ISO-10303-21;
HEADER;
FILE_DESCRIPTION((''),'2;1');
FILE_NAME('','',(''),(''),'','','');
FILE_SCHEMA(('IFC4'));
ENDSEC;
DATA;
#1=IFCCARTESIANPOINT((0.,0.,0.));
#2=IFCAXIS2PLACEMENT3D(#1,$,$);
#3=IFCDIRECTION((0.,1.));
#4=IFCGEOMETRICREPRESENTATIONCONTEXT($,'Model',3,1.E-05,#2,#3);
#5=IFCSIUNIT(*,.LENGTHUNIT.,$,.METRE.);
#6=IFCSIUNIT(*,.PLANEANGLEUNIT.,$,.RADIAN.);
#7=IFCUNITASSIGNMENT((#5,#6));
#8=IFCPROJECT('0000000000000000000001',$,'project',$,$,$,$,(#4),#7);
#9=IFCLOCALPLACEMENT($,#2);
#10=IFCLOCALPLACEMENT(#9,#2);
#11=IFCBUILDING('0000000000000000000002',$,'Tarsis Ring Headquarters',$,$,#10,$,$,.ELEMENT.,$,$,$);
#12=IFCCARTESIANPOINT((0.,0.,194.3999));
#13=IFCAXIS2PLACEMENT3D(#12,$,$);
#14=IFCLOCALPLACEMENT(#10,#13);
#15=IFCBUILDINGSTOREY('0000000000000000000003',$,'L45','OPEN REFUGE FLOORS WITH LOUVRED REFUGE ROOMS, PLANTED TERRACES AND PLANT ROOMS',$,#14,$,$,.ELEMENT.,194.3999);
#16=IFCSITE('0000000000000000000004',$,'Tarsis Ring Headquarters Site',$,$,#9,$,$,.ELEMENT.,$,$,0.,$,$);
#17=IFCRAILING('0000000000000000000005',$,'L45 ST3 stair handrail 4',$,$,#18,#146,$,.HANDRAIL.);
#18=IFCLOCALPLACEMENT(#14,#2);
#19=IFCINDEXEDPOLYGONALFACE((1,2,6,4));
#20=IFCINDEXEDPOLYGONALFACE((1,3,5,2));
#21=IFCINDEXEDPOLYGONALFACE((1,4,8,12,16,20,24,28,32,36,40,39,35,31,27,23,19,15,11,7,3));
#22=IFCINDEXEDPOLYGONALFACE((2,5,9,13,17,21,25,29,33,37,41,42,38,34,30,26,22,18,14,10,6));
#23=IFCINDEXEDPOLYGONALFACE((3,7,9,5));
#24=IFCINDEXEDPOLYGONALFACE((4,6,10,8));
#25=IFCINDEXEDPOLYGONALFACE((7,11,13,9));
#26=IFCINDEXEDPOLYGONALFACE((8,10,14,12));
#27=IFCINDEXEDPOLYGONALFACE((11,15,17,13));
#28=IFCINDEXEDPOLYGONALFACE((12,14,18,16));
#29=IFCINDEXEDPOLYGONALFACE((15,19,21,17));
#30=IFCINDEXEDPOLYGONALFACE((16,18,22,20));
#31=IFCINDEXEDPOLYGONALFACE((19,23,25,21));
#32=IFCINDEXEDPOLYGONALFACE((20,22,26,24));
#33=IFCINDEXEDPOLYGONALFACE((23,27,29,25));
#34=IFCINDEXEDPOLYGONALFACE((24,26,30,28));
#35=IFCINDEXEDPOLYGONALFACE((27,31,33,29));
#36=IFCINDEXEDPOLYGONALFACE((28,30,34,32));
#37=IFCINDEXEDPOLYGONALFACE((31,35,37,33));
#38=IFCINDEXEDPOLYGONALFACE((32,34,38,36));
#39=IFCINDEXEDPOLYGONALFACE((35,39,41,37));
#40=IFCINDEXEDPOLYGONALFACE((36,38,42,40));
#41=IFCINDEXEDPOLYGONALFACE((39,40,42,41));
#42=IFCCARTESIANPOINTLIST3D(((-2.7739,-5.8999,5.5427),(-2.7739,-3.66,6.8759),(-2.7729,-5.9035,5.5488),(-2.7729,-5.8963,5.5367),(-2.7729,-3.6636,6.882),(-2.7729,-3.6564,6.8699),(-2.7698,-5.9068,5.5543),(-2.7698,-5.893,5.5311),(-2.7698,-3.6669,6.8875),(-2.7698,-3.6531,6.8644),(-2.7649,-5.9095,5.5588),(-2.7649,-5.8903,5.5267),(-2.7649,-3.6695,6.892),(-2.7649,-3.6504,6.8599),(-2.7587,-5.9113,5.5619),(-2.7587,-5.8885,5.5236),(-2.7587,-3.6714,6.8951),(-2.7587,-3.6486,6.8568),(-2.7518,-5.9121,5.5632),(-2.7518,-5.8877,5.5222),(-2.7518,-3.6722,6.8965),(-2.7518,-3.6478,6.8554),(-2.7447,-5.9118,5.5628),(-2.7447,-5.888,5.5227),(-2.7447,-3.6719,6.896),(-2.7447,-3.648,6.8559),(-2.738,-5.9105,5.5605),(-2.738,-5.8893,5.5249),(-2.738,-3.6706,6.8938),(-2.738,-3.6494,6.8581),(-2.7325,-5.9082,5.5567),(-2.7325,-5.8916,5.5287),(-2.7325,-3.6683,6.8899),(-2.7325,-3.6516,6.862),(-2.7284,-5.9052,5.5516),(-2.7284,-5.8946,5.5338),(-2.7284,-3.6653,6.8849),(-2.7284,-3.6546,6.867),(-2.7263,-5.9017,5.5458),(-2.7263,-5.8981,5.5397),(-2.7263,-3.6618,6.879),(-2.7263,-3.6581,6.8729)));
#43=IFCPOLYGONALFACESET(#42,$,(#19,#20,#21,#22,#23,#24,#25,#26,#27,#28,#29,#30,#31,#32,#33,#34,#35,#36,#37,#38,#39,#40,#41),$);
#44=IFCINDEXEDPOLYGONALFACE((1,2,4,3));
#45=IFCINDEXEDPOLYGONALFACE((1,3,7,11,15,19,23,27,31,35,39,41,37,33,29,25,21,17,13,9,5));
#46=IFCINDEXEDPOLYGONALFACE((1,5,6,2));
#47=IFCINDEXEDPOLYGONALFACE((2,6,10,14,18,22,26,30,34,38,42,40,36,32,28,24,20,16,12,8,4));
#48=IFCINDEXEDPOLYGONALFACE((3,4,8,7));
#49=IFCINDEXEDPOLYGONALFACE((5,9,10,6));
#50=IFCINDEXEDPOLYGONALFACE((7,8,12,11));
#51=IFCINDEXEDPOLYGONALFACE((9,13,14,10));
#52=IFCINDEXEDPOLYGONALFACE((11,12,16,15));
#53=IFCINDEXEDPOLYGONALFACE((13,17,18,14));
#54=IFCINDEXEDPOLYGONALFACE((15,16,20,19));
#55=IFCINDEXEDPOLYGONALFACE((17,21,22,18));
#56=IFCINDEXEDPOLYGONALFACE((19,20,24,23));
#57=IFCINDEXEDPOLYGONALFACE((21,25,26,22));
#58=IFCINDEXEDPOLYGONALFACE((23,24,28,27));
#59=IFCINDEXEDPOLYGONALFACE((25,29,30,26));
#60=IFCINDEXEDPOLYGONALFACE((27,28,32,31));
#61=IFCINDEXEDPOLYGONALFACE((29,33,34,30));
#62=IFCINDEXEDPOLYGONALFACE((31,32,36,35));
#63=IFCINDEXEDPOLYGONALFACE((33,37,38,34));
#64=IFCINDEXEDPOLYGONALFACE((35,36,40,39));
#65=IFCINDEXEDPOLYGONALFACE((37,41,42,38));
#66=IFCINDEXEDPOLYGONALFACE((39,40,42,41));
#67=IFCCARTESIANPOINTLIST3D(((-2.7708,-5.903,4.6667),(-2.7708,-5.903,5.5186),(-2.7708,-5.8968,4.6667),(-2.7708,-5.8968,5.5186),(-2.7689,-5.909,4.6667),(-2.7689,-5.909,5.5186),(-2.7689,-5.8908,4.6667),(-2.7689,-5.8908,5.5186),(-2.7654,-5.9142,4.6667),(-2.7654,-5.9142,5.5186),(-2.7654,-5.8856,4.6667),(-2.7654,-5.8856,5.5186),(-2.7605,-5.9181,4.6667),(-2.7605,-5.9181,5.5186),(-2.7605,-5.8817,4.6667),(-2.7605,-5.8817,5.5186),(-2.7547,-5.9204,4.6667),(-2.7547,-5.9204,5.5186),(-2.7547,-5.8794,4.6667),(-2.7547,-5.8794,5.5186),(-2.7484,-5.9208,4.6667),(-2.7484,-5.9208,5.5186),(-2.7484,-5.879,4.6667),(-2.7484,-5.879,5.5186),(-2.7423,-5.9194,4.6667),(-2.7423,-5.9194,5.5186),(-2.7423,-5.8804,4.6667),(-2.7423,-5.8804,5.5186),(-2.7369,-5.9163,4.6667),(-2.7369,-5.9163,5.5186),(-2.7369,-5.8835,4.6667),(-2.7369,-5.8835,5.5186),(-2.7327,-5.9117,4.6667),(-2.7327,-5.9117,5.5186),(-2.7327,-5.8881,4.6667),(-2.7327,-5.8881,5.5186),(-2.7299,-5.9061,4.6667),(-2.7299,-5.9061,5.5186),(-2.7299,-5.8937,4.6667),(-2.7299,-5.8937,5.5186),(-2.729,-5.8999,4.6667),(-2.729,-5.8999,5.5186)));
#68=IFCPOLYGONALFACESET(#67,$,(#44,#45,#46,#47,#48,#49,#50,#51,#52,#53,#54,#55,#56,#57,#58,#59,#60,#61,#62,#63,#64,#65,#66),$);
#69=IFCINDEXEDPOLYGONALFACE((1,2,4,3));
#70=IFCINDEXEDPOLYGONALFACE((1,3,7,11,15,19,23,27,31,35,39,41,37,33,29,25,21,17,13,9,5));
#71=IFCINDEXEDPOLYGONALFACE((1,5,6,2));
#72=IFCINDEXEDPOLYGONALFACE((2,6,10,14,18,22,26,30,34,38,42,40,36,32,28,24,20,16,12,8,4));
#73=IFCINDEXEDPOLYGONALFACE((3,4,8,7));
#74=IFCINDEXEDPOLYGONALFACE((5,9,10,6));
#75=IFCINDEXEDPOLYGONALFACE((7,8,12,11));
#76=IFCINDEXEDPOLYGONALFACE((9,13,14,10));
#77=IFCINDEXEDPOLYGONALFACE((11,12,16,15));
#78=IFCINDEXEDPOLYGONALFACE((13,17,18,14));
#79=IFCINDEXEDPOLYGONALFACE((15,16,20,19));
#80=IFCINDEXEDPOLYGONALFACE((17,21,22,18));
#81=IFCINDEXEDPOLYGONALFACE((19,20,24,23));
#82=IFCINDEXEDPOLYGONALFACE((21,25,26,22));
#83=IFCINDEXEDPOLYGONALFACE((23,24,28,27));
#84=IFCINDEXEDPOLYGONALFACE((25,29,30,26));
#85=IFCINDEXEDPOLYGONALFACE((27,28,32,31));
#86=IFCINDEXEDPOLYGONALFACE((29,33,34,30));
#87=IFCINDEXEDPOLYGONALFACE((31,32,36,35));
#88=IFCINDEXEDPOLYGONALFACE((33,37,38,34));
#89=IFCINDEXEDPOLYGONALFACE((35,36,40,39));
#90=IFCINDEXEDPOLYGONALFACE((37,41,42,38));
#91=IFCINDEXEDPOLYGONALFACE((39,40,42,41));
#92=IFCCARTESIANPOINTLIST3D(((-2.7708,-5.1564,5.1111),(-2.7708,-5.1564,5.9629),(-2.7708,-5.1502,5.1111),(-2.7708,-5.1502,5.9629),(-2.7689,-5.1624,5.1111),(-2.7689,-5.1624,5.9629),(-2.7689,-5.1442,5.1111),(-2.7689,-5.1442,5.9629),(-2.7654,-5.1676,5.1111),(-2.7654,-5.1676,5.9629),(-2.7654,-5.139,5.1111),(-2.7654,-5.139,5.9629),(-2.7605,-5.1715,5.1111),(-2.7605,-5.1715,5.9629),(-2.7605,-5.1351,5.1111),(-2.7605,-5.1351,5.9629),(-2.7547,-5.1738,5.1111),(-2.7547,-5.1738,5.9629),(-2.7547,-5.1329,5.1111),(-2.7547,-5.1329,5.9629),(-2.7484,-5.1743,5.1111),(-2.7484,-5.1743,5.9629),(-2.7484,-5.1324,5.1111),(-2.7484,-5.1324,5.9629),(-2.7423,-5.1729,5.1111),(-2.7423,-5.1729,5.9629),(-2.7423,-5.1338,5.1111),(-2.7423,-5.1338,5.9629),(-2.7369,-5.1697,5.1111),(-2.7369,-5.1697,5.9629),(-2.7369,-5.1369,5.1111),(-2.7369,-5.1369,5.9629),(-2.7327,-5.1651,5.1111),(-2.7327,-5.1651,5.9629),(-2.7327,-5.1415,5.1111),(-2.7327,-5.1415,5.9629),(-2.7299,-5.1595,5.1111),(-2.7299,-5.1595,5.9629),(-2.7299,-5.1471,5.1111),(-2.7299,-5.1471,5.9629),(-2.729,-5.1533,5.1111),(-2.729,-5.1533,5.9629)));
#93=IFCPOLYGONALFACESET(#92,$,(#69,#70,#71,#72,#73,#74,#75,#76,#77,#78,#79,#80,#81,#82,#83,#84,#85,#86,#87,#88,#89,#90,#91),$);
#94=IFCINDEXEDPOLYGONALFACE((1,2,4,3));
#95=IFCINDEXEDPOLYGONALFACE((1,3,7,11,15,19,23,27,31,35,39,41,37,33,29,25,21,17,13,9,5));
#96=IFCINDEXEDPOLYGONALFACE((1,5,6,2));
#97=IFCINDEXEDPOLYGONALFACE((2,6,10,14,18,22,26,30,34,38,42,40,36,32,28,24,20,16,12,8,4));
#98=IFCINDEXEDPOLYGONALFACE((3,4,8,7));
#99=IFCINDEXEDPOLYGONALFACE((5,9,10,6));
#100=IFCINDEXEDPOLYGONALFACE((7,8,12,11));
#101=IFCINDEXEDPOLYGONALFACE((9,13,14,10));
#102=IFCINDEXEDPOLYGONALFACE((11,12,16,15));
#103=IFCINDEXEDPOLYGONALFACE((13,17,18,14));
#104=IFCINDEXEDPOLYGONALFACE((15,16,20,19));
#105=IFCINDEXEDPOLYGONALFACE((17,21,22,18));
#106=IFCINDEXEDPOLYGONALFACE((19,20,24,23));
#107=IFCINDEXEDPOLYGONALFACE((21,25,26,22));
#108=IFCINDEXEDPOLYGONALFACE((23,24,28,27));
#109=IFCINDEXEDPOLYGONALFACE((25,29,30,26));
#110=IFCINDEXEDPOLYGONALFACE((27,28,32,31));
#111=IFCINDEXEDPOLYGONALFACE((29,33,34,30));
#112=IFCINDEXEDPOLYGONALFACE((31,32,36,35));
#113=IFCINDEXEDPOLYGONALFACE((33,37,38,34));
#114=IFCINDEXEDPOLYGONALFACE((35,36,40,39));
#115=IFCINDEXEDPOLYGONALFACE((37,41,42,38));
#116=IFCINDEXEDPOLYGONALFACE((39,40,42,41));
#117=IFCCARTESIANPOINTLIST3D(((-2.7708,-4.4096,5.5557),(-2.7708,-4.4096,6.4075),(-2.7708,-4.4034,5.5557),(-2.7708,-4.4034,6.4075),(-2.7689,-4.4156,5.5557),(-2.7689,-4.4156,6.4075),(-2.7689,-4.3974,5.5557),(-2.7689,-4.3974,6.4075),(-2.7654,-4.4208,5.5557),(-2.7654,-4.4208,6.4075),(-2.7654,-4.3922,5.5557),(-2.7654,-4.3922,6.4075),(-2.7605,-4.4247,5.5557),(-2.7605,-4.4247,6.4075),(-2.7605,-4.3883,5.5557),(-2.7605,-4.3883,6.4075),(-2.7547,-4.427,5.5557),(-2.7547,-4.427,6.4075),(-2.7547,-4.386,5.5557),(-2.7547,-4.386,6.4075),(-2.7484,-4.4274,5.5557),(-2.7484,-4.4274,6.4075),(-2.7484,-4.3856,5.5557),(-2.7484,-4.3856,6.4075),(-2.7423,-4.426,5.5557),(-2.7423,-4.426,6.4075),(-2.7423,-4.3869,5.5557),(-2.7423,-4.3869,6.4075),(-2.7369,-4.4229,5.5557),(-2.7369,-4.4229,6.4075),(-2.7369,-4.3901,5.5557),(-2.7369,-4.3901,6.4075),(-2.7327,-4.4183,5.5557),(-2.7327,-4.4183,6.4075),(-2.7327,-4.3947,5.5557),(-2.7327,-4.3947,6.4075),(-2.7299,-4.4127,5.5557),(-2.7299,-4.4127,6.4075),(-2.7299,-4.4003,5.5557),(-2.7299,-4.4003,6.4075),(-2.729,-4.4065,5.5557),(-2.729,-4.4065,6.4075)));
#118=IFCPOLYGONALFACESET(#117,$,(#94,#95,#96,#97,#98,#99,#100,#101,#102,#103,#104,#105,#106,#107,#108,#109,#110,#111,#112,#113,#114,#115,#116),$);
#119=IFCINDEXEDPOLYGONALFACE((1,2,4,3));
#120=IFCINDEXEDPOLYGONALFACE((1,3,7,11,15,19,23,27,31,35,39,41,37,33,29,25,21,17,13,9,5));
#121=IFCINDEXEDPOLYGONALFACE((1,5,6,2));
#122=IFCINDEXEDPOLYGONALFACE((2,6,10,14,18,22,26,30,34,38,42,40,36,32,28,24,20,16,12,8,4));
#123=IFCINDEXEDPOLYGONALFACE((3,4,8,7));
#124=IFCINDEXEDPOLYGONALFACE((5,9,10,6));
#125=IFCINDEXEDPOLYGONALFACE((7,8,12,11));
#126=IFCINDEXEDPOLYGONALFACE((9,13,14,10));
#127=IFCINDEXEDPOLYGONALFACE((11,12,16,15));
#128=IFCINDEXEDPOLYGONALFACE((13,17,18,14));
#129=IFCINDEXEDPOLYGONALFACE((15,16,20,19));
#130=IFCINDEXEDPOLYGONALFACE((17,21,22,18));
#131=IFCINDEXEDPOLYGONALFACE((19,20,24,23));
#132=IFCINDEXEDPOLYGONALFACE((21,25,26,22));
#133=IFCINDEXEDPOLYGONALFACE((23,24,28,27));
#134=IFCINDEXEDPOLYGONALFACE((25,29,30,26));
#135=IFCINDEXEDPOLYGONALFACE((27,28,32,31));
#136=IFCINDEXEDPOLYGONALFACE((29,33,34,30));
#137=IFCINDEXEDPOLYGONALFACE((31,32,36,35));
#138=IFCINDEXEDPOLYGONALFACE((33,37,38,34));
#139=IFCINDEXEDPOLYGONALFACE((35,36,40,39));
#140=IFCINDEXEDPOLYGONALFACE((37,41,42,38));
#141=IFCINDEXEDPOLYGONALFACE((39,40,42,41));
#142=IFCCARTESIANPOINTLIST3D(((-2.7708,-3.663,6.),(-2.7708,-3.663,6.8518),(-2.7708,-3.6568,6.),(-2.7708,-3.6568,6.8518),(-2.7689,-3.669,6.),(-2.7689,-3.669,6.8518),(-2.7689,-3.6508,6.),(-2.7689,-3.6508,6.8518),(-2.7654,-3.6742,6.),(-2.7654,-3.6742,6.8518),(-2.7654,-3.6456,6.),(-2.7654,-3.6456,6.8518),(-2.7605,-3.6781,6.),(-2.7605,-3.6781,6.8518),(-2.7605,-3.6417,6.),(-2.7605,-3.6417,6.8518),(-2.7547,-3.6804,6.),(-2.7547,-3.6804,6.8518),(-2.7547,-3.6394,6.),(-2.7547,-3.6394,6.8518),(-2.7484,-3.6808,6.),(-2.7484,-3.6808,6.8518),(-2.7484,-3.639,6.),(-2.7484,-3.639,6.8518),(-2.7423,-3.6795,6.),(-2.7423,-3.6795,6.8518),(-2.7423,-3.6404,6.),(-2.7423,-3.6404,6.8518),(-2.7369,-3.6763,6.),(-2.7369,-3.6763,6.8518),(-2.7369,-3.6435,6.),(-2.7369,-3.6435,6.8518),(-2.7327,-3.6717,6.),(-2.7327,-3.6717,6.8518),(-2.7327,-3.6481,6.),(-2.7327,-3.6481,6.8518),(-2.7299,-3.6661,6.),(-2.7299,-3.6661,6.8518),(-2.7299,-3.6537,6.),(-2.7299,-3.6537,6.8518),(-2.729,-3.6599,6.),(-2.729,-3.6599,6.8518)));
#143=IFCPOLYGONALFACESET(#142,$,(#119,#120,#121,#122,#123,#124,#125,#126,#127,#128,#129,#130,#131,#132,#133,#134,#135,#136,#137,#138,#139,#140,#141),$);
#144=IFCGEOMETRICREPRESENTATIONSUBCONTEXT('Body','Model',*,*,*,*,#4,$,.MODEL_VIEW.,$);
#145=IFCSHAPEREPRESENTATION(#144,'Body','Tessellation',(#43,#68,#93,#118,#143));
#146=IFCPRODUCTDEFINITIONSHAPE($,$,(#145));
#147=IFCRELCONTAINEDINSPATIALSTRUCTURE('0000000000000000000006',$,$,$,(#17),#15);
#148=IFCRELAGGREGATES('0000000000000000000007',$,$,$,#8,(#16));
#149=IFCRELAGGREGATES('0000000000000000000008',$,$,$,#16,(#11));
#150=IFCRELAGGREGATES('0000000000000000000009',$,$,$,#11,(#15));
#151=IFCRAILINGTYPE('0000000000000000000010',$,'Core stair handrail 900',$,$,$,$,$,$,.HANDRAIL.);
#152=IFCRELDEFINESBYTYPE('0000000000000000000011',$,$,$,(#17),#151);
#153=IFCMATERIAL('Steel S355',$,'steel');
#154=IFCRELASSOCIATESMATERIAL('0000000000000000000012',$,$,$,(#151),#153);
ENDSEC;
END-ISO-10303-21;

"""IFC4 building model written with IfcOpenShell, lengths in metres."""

from ifc_helpers import new_model, si_unit, direction, frame, origin, origin_2d, place, context, subcontext, project, spatial, circle, extrude, material, type_object, element, save


model = new_model("IFC4")

# Units and contexts
model_context = context("Model", 3, precision=1e-05, world=origin(), true_north=direction((0.0, 1.0)))
body_context = subcontext(model_context, "Body", "Model", "MODEL_VIEW")
ifc_project = project(units=[si_unit("LENGTHUNIT", "METRE"), si_unit("PLANEANGLEUNIT", "RADIAN")], contexts=[model_context])

# Site, building, storey
site_placement = place(None, origin())
site = spatial("IfcSite", under=ifc_project, at=site_placement, Name="Tarsis Ring Headquarters Site", CompositionType="ELEMENT", RefElevation=0.0)
building_placement = place(site_placement, origin())
building = spatial("IfcBuilding", under=site, at=building_placement, Name="Tarsis Ring Headquarters", CompositionType="ELEMENT")
storey_placement = place(building_placement, frame((0.0, 0.0, 194.3999)))
storey = spatial("IfcBuildingStorey", under=building, at=storey_placement, Name="L45", Description="OPEN REFUGE FLOORS WITH LOUVRED REFUGE ROOMS, PLANTED TERRACES AND PLANT ROOMS", CompositionType="ELEMENT", Elevation=194.3999)

# Railing
ifc_material_1 = material(Name="Steel S355", Category="steel")
railing_type_1 = type_object("IfcRailingType", Name="Core stair handrail 900", PredefinedType="HANDRAIL", material=ifc_material_1)
for number, where, name in (
    (1, (-2.75, -5.8999, 4.6667), "L45 ST3 stair handrail 4"),
):
    element("IfcRailing", number, at=place(storey_placement, frame(where)), inside=storey, type_object=railing_type_1, Name=name, PredefinedType="HANDRAIL", context=body_context, shape_type="SweptSolid", body=[
        extrude(circle(Radius=0.0239, at=origin_2d()), frame((0.0, 0.0, 0.876), z_axis=(0.0, 0.859306, 0.511462), x_axis=(-1.0, 0.0, 0.0)), (0.0, 0.0, 1.0), 2.6067),
        extrude(circle(Radius=0.021, at=origin_2d()), origin(), (0.0, 0.0, 1.0), 0.8518),
        extrude(circle(Radius=0.021, at=origin_2d()), frame((0.0, 0.7466, 0.4443)), (0.0, 0.0, 1.0), 0.8518),
        extrude(circle(Radius=0.021, at=origin_2d()), frame((0.0, 1.4934, 0.8889)), (0.0, 0.0, 1.0), 0.8518),
        extrude(circle(Radius=0.021, at=origin_2d()), frame((0.0, 2.24, 1.3333)), (0.0, 0.0, 1.0), 0.8518),
    ])

save(model, "model.ifc")
